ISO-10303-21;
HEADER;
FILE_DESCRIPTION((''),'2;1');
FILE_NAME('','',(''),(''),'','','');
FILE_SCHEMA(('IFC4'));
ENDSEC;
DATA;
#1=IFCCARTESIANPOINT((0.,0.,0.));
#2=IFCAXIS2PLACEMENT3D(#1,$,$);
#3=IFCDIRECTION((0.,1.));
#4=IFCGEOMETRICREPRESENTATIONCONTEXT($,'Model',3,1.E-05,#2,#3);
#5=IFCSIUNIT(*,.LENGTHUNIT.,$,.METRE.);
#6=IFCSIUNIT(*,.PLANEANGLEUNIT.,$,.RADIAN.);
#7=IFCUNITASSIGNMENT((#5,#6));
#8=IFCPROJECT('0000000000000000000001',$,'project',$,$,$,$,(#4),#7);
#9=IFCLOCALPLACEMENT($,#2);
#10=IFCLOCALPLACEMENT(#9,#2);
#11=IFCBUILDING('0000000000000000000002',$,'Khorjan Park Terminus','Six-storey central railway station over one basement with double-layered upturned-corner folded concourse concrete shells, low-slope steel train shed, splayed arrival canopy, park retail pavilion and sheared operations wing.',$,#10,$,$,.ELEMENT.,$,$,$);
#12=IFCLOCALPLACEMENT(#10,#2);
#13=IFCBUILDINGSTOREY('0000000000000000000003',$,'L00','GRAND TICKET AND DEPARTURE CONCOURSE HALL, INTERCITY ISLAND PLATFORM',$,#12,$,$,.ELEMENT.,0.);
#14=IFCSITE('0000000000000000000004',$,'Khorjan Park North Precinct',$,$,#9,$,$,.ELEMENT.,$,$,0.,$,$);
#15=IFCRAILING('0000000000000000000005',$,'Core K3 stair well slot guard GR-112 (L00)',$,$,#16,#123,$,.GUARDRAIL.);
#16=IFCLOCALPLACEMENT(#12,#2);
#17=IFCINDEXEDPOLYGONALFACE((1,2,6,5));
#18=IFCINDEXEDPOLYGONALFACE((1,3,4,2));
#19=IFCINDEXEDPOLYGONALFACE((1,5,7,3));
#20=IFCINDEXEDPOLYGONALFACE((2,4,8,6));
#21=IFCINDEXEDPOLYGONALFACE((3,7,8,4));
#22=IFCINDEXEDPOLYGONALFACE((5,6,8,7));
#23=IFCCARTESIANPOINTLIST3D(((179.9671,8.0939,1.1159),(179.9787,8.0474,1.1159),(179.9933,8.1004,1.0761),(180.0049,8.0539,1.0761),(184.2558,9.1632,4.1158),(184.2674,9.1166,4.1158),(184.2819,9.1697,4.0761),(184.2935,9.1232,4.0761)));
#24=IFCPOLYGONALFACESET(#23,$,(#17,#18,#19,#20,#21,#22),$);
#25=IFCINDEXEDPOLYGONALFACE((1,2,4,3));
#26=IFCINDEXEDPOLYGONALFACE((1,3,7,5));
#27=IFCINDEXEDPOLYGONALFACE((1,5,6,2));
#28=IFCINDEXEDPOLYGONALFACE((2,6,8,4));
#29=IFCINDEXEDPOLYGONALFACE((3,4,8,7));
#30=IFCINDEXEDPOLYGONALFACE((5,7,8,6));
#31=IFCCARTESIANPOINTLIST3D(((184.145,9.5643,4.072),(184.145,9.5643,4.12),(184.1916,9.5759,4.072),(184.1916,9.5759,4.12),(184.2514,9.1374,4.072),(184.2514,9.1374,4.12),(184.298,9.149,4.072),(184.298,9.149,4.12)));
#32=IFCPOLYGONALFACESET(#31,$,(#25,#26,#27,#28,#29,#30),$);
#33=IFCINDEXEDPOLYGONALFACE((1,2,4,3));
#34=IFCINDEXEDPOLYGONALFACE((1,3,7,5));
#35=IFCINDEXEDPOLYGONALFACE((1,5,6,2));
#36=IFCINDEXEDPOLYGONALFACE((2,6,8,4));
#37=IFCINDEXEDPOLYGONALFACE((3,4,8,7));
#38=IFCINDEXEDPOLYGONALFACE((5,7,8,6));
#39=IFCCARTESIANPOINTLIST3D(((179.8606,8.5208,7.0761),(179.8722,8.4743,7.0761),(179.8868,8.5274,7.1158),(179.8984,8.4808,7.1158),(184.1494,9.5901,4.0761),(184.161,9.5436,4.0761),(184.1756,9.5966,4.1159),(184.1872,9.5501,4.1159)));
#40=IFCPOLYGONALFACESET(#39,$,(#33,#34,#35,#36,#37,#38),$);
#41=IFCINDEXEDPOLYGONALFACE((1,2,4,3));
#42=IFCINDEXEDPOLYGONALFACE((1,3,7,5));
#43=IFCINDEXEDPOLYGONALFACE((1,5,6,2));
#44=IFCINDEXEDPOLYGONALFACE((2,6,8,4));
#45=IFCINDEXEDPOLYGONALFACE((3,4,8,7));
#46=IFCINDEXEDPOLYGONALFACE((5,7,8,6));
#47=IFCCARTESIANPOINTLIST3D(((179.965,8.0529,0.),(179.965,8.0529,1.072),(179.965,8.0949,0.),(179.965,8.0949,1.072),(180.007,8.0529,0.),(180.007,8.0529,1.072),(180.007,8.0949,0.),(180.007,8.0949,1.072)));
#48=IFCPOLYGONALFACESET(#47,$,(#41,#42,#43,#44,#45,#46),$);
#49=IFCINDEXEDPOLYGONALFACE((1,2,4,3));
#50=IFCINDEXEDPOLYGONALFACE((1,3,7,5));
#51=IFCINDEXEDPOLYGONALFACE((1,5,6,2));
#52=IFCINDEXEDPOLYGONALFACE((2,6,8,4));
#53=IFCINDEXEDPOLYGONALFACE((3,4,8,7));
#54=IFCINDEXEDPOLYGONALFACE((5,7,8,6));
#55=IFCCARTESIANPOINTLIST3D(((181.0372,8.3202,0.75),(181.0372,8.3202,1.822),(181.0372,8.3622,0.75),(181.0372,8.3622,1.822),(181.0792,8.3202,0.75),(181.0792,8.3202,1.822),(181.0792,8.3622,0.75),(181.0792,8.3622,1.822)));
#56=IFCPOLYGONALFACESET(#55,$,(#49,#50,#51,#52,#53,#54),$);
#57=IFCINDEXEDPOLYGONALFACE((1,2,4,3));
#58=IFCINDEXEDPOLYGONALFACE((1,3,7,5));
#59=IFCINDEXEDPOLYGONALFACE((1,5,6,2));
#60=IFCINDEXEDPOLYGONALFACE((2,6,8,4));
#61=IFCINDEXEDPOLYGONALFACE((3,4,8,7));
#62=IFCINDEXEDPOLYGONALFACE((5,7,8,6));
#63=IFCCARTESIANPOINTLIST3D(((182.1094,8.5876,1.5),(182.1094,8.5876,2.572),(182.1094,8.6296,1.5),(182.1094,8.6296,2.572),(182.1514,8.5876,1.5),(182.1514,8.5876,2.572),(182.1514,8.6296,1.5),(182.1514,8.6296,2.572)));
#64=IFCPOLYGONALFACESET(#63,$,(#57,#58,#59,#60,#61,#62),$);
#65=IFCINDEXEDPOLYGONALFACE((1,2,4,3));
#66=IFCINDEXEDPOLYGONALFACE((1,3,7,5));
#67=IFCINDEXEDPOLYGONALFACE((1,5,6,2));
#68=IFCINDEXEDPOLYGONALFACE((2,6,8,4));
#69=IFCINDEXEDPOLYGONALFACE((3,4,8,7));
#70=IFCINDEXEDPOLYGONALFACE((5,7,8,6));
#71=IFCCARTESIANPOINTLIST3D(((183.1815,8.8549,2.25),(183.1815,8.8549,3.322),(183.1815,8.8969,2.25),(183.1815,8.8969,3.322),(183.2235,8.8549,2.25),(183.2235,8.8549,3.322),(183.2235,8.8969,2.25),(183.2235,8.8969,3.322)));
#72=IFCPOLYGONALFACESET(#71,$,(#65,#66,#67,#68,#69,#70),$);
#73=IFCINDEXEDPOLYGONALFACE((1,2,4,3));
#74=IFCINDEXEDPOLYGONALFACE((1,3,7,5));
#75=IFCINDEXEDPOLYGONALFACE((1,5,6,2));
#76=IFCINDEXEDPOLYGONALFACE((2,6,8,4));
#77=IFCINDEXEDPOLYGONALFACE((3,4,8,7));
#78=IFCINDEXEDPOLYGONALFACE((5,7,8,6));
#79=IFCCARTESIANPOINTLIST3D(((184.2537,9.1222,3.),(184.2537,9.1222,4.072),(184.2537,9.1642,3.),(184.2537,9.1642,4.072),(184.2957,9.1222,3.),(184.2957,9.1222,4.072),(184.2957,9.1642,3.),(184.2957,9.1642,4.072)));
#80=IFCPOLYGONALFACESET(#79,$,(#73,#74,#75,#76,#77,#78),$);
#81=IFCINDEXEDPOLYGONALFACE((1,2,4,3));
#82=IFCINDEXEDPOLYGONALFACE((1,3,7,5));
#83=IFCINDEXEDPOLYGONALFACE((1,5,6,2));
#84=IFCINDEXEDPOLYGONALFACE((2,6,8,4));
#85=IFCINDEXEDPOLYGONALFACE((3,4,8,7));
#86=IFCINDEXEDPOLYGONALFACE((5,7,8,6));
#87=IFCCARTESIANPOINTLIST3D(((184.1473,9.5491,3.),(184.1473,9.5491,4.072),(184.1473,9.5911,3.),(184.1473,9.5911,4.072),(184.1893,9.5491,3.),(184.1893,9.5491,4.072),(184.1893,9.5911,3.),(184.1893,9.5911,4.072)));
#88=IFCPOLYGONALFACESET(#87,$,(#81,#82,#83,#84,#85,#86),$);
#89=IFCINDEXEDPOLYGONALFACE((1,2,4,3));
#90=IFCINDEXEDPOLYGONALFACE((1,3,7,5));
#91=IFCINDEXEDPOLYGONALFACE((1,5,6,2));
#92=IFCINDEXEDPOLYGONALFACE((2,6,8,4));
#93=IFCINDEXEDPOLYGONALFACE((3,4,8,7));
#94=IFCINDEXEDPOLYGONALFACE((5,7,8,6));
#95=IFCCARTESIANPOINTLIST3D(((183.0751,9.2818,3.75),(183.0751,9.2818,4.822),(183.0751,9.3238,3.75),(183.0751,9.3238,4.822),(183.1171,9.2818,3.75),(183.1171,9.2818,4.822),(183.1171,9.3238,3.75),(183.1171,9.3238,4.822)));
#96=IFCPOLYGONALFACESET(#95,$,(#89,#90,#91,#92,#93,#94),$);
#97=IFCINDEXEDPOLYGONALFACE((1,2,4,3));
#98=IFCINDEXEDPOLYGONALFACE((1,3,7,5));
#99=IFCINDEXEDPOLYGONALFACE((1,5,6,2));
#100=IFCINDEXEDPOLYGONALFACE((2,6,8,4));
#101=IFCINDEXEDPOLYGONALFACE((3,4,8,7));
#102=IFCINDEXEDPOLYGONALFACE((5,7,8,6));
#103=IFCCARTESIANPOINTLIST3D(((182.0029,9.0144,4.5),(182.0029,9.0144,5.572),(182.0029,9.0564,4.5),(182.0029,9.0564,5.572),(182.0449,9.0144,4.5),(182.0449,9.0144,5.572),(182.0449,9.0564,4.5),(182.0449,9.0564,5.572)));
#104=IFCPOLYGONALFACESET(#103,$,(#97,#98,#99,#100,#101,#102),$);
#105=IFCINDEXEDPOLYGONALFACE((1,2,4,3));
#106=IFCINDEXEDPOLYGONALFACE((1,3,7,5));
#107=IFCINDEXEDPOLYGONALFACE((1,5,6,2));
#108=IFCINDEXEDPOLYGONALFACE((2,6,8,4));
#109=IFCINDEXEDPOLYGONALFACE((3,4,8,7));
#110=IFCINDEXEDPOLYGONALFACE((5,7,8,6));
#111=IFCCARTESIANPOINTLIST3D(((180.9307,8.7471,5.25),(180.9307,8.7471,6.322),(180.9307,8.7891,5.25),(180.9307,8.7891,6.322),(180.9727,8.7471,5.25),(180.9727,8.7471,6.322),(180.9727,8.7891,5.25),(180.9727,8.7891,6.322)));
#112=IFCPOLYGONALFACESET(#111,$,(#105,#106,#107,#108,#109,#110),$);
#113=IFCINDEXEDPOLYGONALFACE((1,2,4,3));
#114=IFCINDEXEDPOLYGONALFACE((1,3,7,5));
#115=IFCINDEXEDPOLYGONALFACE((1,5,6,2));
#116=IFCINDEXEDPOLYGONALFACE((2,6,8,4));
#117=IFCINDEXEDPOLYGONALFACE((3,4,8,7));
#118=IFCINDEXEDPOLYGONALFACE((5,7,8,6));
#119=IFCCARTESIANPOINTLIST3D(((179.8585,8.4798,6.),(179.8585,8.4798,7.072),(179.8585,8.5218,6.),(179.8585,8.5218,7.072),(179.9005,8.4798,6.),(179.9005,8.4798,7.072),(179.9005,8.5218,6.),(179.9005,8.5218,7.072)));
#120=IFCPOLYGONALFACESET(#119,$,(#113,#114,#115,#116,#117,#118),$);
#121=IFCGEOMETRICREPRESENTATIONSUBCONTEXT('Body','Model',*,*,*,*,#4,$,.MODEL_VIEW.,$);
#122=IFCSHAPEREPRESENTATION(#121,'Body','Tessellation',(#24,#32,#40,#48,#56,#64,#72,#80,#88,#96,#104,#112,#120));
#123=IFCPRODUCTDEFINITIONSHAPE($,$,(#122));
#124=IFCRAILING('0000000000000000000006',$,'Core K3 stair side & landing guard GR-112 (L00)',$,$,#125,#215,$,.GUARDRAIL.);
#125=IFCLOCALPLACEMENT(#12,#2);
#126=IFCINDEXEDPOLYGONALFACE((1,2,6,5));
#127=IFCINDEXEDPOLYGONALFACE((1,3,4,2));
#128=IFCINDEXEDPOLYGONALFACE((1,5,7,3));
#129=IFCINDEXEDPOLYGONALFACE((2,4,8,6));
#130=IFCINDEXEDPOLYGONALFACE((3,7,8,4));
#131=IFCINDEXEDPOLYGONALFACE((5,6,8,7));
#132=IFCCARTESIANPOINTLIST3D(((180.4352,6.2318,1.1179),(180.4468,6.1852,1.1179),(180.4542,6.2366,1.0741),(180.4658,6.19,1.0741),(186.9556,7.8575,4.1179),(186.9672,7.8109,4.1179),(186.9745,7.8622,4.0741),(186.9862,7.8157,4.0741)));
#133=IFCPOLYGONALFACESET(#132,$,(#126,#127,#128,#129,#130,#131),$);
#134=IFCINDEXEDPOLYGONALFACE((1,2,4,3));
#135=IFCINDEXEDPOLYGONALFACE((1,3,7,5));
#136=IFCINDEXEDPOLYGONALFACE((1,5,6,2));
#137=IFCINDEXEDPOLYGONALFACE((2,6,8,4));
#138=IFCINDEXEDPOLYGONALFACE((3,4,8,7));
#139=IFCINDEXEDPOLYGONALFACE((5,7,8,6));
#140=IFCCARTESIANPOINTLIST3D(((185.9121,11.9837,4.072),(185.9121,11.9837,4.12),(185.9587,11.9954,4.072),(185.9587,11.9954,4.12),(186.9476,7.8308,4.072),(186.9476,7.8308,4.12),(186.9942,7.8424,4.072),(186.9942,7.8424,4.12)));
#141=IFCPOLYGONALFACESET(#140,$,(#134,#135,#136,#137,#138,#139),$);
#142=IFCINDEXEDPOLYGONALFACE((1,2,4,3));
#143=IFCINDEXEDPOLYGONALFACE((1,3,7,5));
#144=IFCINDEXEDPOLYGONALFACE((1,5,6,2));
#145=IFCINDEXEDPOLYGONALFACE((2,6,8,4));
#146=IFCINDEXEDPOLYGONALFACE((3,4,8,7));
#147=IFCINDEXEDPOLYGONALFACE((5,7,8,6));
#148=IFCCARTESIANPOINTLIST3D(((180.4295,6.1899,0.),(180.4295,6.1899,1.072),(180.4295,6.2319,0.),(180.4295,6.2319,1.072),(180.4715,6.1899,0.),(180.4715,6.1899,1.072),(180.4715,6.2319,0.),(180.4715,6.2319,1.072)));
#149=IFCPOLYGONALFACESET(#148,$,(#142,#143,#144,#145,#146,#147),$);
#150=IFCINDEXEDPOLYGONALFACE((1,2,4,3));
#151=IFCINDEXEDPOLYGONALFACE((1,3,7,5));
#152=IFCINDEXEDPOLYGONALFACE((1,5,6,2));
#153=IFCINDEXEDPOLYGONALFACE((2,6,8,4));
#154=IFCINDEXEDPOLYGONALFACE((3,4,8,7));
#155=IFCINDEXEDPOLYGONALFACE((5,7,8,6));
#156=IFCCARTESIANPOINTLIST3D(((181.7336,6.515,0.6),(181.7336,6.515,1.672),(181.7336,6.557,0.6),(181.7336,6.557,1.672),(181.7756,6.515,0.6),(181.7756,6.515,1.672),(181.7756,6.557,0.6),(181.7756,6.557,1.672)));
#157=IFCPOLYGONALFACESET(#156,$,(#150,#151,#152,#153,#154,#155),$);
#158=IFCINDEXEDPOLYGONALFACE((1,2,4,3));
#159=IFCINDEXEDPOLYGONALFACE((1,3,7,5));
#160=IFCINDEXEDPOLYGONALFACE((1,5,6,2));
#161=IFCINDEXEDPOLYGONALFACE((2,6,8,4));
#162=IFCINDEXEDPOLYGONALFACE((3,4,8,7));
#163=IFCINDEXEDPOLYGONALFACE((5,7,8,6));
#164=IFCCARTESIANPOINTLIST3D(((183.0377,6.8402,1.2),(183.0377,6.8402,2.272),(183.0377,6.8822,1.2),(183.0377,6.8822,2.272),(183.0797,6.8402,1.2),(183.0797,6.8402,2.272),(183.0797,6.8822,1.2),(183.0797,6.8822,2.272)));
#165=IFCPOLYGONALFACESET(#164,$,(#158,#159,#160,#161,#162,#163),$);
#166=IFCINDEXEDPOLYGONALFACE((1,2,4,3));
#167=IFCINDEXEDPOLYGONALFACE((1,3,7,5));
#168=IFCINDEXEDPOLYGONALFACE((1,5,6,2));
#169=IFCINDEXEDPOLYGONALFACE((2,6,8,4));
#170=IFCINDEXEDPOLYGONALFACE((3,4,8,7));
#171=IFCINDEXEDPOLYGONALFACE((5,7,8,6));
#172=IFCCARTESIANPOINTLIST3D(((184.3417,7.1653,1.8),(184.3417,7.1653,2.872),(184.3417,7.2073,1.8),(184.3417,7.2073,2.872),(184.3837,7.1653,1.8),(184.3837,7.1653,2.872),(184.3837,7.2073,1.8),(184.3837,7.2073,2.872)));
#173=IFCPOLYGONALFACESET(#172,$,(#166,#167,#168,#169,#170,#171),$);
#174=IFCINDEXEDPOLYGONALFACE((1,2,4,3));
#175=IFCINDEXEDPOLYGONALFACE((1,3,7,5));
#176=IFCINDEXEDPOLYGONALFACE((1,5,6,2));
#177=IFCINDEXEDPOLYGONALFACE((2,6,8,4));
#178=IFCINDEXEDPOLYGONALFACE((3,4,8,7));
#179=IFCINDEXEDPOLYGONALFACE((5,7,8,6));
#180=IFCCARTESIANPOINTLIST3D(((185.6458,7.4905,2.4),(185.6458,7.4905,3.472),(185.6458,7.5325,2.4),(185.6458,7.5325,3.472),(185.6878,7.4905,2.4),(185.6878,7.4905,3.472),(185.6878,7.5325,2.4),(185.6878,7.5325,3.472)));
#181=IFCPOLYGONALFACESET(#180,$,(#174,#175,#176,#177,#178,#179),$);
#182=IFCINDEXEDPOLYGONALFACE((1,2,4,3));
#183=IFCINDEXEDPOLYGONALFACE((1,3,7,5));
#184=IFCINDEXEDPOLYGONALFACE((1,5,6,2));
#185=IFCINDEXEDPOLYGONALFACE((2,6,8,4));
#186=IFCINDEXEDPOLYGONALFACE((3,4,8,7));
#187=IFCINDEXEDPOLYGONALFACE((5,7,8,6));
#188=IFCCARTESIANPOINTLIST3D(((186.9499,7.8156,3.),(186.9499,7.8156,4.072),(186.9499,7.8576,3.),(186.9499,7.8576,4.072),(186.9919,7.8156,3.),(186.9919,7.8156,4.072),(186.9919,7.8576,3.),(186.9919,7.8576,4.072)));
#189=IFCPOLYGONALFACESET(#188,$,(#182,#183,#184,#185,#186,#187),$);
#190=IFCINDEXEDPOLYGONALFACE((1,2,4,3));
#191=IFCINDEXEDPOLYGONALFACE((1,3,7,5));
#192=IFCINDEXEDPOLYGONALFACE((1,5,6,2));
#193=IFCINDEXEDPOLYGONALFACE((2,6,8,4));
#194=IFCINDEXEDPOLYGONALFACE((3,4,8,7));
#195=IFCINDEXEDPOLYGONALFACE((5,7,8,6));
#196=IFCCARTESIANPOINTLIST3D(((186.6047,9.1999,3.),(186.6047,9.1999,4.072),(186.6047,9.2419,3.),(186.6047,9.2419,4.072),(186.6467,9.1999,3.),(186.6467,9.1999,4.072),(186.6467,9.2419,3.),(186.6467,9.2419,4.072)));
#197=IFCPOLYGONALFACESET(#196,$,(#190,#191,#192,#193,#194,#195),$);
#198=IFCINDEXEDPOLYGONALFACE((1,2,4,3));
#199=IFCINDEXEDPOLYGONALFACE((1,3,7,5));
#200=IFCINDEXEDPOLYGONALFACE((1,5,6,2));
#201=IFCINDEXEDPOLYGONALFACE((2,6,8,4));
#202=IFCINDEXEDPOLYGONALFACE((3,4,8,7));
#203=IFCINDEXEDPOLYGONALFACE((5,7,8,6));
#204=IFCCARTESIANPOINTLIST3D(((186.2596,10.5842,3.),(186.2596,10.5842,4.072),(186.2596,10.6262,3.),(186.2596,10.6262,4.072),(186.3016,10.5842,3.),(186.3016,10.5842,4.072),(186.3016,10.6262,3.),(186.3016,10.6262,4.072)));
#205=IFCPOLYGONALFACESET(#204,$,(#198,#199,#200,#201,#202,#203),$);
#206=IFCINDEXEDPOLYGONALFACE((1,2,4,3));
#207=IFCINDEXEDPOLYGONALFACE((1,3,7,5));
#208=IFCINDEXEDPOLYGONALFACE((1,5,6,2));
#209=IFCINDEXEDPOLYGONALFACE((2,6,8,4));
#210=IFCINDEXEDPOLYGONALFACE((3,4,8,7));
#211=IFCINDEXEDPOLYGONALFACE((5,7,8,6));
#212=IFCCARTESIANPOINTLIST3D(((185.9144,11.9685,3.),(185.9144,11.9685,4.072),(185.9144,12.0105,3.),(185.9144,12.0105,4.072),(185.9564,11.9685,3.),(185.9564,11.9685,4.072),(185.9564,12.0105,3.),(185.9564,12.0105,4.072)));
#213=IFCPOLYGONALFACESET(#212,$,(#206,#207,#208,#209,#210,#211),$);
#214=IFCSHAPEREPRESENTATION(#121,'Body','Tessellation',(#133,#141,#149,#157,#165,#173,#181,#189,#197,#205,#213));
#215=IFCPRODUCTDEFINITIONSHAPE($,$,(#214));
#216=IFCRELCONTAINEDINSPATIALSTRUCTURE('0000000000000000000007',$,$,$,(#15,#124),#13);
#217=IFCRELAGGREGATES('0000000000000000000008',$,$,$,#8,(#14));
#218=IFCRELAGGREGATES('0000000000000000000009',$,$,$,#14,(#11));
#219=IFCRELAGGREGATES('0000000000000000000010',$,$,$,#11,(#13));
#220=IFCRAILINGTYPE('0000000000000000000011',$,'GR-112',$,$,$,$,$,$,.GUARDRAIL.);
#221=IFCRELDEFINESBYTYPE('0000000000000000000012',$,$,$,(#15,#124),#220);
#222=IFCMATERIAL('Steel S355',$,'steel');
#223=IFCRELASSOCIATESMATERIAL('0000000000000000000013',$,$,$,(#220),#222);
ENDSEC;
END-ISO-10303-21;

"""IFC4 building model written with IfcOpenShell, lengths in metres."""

from ifc_helpers import new_model, si_unit, direction, frame, origin, origin_2d, place, context, subcontext, project, spatial, rectangle, extrude, material, type_object, element, save


model = new_model("IFC4")

# Units and contexts
model_context = context("Model", 3, precision=1e-05, world=origin(), true_north=direction((0.0, 1.0)))
body_context = subcontext(model_context, "Body", "Model", "MODEL_VIEW")
ifc_project = project(units=[si_unit("LENGTHUNIT", "METRE"), si_unit("PLANEANGLEUNIT", "RADIAN")], contexts=[model_context])

# Site, building, storey
site_placement = place(None, origin())
site = spatial("IfcSite", under=ifc_project, at=site_placement, Name="Khorjan Park North Precinct", CompositionType="ELEMENT", RefElevation=0.0)
building_placement = place(site_placement, origin())
building = spatial("IfcBuilding", under=site, at=building_placement, Name="Khorjan Park Terminus", Description="Six-storey central railway station over one basement with double-layered upturned-corner folded concourse concrete shells, low-slope steel train shed, splayed arrival canopy, park retail pavilion and sheared operations wing.", CompositionType="ELEMENT")
storey_placement = place(building_placement, origin())
storey = spatial("IfcBuildingStorey", under=building, at=storey_placement, Name="L00", Description="GRAND TICKET AND DEPARTURE CONCOURSE HALL, INTERCITY ISLAND PLATFORM", CompositionType="ELEMENT", Elevation=0.0)

# Shared definitions
ifc_material_1 = material(Name="Steel S355", Category="steel")

# Railings
railing_type_1 = type_object("IfcRailingType", Name="GR-112", PredefinedType="GUARDRAIL", material=ifc_material_1)
railing_1_placement = place(storey_placement, frame((179.986, 8.0739, 0.0)))
element("IfcRailing", 1, at=railing_1_placement, inside=storey, type_object=railing_type_1, Name="Core K3 stair well slot guard GR-112 (L00)", PredefinedType="GUARDRAIL", context=body_context, shape_type="SweptSolid", body=[
    extrude(rectangle(XDim=0.048, YDim=0.048, at=origin_2d()), frame((0.0, 0.0, 1.096), z_axis=(0.802835, 0.200171, 0.561593), x_axis=(-0.241923, 0.970295, 0.0)), (0.0, 0.0, 1.0), 5.3419),
    extrude(rectangle(XDim=0.048, YDim=0.048, at=origin_2d()), frame((4.2887, 1.0693, 4.096), z_axis=(-0.24184, 0.970316, 0.0), x_axis=(-0.970316, -0.24184, 0.0)), (0.0, 0.0, 1.0), 0.44),
    extrude(rectangle(XDim=0.048, YDim=0.048, at=origin_2d()), frame((4.1823, 1.4962, 4.096), z_axis=(-0.802842, -0.200168, 0.561585), x_axis=(0.241918, -0.970297, 0.0)), (0.0, 0.0, 1.0), 5.342),
    extrude(rectangle(XDim=0.042, YDim=0.042, at=origin_2d()), origin(), (0.0, 0.0, 1.0), 1.072),
    extrude(rectangle(XDim=0.042, YDim=0.042, at=origin_2d()), frame((1.0722, 0.2673, 0.75)), (0.0, 0.0, 1.0), 1.072),
    extrude(rectangle(XDim=0.042, YDim=0.042, at=origin_2d()), frame((2.1444, 0.5347, 1.5)), (0.0, 0.0, 1.0), 1.072),
    extrude(rectangle(XDim=0.042, YDim=0.042, at=origin_2d()), frame((3.2165, 0.802, 2.25)), (0.0, 0.0, 1.0), 1.072),
    extrude(rectangle(XDim=0.042, YDim=0.042, at=origin_2d()), frame((4.2887, 1.0693, 3.0)), (0.0, 0.0, 1.0), 1.072),
    extrude(rectangle(XDim=0.042, YDim=0.042, at=origin_2d()), frame((4.1823, 1.4962, 3.0)), (0.0, 0.0, 1.0), 1.072),
    extrude(rectangle(XDim=0.042, YDim=0.042, at=origin_2d()), frame((3.1101, 1.2289, 3.75)), (0.0, 0.0, 1.0), 1.072),
    extrude(rectangle(XDim=0.042, YDim=0.042, at=origin_2d()), frame((2.0379, 0.9615, 4.5)), (0.0, 0.0, 1.0), 1.072),
    extrude(rectangle(XDim=0.042, YDim=0.042, at=origin_2d()), frame((0.9657, 0.6942, 5.25)), (0.0, 0.0, 1.0), 1.072),
    extrude(rectangle(XDim=0.042, YDim=0.042, at=origin_2d()), frame((-0.1065, 0.4269, 6.0)), (0.0, 0.0, 1.0), 1.072),
])
railing_2_placement = place(storey_placement, frame((180.4505, 6.2109, 0.0)))
element("IfcRailing", 2, at=railing_2_placement, inside=storey, type_object=railing_type_1, Name="Core K3 stair side & landing guard GR-112 (L00)", PredefinedType="GUARDRAIL", context=body_context, shape_type="SweptSolid", body=[
    extrude(rectangle(XDim=0.048, YDim=0.048, at=origin_2d()), frame((0.0, 0.0, 1.096), z_axis=(0.886015, 0.220906, 0.40765), x_axis=(-0.241919, 0.970296, 0.0)), (0.0, 0.0, 1.0), 7.3592),
    extrude(rectangle(XDim=0.048, YDim=0.048, at=origin_2d()), frame((6.5204, 1.6257, 4.096), z_axis=(-0.241936, 0.970292, 0.0), x_axis=(-0.970292, -0.241936, 0.0)), (0.0, 0.0, 1.0), 4.2801),
    extrude(rectangle(XDim=0.042, YDim=0.042, at=origin_2d()), origin(), (0.0, 0.0, 1.0), 1.072),
    extrude(rectangle(XDim=0.042, YDim=0.042, at=origin_2d()), frame((1.3041, 0.3251, 0.6)), (0.0, 0.0, 1.0), 1.072),
    extrude(rectangle(XDim=0.042, YDim=0.042, at=origin_2d()), frame((2.6082, 0.6503, 1.2)), (0.0, 0.0, 1.0), 1.072),
    extrude(rectangle(XDim=0.042, YDim=0.042, at=origin_2d()), frame((3.9122, 0.9754, 1.8)), (0.0, 0.0, 1.0), 1.072),
    extrude(rectangle(XDim=0.042, YDim=0.042, at=origin_2d()), frame((5.2163, 1.3006, 2.4)), (0.0, 0.0, 1.0), 1.072),
    extrude(rectangle(XDim=0.042, YDim=0.042, at=origin_2d()), frame((6.5204, 1.6257, 3.0)), (0.0, 0.0, 1.0), 1.072),
    extrude(rectangle(XDim=0.042, YDim=0.042, at=origin_2d()), frame((6.1752, 3.01, 3.0)), (0.0, 0.0, 1.0), 1.072),
    extrude(rectangle(XDim=0.042, YDim=0.042, at=origin_2d()), frame((5.8301, 4.3943, 3.0)), (0.0, 0.0, 1.0), 1.072),
    extrude(rectangle(XDim=0.042, YDim=0.042, at=origin_2d()), frame((5.4849, 5.7786, 3.0)), (0.0, 0.0, 1.0), 1.072),
])

save(model, "model.ifc")
